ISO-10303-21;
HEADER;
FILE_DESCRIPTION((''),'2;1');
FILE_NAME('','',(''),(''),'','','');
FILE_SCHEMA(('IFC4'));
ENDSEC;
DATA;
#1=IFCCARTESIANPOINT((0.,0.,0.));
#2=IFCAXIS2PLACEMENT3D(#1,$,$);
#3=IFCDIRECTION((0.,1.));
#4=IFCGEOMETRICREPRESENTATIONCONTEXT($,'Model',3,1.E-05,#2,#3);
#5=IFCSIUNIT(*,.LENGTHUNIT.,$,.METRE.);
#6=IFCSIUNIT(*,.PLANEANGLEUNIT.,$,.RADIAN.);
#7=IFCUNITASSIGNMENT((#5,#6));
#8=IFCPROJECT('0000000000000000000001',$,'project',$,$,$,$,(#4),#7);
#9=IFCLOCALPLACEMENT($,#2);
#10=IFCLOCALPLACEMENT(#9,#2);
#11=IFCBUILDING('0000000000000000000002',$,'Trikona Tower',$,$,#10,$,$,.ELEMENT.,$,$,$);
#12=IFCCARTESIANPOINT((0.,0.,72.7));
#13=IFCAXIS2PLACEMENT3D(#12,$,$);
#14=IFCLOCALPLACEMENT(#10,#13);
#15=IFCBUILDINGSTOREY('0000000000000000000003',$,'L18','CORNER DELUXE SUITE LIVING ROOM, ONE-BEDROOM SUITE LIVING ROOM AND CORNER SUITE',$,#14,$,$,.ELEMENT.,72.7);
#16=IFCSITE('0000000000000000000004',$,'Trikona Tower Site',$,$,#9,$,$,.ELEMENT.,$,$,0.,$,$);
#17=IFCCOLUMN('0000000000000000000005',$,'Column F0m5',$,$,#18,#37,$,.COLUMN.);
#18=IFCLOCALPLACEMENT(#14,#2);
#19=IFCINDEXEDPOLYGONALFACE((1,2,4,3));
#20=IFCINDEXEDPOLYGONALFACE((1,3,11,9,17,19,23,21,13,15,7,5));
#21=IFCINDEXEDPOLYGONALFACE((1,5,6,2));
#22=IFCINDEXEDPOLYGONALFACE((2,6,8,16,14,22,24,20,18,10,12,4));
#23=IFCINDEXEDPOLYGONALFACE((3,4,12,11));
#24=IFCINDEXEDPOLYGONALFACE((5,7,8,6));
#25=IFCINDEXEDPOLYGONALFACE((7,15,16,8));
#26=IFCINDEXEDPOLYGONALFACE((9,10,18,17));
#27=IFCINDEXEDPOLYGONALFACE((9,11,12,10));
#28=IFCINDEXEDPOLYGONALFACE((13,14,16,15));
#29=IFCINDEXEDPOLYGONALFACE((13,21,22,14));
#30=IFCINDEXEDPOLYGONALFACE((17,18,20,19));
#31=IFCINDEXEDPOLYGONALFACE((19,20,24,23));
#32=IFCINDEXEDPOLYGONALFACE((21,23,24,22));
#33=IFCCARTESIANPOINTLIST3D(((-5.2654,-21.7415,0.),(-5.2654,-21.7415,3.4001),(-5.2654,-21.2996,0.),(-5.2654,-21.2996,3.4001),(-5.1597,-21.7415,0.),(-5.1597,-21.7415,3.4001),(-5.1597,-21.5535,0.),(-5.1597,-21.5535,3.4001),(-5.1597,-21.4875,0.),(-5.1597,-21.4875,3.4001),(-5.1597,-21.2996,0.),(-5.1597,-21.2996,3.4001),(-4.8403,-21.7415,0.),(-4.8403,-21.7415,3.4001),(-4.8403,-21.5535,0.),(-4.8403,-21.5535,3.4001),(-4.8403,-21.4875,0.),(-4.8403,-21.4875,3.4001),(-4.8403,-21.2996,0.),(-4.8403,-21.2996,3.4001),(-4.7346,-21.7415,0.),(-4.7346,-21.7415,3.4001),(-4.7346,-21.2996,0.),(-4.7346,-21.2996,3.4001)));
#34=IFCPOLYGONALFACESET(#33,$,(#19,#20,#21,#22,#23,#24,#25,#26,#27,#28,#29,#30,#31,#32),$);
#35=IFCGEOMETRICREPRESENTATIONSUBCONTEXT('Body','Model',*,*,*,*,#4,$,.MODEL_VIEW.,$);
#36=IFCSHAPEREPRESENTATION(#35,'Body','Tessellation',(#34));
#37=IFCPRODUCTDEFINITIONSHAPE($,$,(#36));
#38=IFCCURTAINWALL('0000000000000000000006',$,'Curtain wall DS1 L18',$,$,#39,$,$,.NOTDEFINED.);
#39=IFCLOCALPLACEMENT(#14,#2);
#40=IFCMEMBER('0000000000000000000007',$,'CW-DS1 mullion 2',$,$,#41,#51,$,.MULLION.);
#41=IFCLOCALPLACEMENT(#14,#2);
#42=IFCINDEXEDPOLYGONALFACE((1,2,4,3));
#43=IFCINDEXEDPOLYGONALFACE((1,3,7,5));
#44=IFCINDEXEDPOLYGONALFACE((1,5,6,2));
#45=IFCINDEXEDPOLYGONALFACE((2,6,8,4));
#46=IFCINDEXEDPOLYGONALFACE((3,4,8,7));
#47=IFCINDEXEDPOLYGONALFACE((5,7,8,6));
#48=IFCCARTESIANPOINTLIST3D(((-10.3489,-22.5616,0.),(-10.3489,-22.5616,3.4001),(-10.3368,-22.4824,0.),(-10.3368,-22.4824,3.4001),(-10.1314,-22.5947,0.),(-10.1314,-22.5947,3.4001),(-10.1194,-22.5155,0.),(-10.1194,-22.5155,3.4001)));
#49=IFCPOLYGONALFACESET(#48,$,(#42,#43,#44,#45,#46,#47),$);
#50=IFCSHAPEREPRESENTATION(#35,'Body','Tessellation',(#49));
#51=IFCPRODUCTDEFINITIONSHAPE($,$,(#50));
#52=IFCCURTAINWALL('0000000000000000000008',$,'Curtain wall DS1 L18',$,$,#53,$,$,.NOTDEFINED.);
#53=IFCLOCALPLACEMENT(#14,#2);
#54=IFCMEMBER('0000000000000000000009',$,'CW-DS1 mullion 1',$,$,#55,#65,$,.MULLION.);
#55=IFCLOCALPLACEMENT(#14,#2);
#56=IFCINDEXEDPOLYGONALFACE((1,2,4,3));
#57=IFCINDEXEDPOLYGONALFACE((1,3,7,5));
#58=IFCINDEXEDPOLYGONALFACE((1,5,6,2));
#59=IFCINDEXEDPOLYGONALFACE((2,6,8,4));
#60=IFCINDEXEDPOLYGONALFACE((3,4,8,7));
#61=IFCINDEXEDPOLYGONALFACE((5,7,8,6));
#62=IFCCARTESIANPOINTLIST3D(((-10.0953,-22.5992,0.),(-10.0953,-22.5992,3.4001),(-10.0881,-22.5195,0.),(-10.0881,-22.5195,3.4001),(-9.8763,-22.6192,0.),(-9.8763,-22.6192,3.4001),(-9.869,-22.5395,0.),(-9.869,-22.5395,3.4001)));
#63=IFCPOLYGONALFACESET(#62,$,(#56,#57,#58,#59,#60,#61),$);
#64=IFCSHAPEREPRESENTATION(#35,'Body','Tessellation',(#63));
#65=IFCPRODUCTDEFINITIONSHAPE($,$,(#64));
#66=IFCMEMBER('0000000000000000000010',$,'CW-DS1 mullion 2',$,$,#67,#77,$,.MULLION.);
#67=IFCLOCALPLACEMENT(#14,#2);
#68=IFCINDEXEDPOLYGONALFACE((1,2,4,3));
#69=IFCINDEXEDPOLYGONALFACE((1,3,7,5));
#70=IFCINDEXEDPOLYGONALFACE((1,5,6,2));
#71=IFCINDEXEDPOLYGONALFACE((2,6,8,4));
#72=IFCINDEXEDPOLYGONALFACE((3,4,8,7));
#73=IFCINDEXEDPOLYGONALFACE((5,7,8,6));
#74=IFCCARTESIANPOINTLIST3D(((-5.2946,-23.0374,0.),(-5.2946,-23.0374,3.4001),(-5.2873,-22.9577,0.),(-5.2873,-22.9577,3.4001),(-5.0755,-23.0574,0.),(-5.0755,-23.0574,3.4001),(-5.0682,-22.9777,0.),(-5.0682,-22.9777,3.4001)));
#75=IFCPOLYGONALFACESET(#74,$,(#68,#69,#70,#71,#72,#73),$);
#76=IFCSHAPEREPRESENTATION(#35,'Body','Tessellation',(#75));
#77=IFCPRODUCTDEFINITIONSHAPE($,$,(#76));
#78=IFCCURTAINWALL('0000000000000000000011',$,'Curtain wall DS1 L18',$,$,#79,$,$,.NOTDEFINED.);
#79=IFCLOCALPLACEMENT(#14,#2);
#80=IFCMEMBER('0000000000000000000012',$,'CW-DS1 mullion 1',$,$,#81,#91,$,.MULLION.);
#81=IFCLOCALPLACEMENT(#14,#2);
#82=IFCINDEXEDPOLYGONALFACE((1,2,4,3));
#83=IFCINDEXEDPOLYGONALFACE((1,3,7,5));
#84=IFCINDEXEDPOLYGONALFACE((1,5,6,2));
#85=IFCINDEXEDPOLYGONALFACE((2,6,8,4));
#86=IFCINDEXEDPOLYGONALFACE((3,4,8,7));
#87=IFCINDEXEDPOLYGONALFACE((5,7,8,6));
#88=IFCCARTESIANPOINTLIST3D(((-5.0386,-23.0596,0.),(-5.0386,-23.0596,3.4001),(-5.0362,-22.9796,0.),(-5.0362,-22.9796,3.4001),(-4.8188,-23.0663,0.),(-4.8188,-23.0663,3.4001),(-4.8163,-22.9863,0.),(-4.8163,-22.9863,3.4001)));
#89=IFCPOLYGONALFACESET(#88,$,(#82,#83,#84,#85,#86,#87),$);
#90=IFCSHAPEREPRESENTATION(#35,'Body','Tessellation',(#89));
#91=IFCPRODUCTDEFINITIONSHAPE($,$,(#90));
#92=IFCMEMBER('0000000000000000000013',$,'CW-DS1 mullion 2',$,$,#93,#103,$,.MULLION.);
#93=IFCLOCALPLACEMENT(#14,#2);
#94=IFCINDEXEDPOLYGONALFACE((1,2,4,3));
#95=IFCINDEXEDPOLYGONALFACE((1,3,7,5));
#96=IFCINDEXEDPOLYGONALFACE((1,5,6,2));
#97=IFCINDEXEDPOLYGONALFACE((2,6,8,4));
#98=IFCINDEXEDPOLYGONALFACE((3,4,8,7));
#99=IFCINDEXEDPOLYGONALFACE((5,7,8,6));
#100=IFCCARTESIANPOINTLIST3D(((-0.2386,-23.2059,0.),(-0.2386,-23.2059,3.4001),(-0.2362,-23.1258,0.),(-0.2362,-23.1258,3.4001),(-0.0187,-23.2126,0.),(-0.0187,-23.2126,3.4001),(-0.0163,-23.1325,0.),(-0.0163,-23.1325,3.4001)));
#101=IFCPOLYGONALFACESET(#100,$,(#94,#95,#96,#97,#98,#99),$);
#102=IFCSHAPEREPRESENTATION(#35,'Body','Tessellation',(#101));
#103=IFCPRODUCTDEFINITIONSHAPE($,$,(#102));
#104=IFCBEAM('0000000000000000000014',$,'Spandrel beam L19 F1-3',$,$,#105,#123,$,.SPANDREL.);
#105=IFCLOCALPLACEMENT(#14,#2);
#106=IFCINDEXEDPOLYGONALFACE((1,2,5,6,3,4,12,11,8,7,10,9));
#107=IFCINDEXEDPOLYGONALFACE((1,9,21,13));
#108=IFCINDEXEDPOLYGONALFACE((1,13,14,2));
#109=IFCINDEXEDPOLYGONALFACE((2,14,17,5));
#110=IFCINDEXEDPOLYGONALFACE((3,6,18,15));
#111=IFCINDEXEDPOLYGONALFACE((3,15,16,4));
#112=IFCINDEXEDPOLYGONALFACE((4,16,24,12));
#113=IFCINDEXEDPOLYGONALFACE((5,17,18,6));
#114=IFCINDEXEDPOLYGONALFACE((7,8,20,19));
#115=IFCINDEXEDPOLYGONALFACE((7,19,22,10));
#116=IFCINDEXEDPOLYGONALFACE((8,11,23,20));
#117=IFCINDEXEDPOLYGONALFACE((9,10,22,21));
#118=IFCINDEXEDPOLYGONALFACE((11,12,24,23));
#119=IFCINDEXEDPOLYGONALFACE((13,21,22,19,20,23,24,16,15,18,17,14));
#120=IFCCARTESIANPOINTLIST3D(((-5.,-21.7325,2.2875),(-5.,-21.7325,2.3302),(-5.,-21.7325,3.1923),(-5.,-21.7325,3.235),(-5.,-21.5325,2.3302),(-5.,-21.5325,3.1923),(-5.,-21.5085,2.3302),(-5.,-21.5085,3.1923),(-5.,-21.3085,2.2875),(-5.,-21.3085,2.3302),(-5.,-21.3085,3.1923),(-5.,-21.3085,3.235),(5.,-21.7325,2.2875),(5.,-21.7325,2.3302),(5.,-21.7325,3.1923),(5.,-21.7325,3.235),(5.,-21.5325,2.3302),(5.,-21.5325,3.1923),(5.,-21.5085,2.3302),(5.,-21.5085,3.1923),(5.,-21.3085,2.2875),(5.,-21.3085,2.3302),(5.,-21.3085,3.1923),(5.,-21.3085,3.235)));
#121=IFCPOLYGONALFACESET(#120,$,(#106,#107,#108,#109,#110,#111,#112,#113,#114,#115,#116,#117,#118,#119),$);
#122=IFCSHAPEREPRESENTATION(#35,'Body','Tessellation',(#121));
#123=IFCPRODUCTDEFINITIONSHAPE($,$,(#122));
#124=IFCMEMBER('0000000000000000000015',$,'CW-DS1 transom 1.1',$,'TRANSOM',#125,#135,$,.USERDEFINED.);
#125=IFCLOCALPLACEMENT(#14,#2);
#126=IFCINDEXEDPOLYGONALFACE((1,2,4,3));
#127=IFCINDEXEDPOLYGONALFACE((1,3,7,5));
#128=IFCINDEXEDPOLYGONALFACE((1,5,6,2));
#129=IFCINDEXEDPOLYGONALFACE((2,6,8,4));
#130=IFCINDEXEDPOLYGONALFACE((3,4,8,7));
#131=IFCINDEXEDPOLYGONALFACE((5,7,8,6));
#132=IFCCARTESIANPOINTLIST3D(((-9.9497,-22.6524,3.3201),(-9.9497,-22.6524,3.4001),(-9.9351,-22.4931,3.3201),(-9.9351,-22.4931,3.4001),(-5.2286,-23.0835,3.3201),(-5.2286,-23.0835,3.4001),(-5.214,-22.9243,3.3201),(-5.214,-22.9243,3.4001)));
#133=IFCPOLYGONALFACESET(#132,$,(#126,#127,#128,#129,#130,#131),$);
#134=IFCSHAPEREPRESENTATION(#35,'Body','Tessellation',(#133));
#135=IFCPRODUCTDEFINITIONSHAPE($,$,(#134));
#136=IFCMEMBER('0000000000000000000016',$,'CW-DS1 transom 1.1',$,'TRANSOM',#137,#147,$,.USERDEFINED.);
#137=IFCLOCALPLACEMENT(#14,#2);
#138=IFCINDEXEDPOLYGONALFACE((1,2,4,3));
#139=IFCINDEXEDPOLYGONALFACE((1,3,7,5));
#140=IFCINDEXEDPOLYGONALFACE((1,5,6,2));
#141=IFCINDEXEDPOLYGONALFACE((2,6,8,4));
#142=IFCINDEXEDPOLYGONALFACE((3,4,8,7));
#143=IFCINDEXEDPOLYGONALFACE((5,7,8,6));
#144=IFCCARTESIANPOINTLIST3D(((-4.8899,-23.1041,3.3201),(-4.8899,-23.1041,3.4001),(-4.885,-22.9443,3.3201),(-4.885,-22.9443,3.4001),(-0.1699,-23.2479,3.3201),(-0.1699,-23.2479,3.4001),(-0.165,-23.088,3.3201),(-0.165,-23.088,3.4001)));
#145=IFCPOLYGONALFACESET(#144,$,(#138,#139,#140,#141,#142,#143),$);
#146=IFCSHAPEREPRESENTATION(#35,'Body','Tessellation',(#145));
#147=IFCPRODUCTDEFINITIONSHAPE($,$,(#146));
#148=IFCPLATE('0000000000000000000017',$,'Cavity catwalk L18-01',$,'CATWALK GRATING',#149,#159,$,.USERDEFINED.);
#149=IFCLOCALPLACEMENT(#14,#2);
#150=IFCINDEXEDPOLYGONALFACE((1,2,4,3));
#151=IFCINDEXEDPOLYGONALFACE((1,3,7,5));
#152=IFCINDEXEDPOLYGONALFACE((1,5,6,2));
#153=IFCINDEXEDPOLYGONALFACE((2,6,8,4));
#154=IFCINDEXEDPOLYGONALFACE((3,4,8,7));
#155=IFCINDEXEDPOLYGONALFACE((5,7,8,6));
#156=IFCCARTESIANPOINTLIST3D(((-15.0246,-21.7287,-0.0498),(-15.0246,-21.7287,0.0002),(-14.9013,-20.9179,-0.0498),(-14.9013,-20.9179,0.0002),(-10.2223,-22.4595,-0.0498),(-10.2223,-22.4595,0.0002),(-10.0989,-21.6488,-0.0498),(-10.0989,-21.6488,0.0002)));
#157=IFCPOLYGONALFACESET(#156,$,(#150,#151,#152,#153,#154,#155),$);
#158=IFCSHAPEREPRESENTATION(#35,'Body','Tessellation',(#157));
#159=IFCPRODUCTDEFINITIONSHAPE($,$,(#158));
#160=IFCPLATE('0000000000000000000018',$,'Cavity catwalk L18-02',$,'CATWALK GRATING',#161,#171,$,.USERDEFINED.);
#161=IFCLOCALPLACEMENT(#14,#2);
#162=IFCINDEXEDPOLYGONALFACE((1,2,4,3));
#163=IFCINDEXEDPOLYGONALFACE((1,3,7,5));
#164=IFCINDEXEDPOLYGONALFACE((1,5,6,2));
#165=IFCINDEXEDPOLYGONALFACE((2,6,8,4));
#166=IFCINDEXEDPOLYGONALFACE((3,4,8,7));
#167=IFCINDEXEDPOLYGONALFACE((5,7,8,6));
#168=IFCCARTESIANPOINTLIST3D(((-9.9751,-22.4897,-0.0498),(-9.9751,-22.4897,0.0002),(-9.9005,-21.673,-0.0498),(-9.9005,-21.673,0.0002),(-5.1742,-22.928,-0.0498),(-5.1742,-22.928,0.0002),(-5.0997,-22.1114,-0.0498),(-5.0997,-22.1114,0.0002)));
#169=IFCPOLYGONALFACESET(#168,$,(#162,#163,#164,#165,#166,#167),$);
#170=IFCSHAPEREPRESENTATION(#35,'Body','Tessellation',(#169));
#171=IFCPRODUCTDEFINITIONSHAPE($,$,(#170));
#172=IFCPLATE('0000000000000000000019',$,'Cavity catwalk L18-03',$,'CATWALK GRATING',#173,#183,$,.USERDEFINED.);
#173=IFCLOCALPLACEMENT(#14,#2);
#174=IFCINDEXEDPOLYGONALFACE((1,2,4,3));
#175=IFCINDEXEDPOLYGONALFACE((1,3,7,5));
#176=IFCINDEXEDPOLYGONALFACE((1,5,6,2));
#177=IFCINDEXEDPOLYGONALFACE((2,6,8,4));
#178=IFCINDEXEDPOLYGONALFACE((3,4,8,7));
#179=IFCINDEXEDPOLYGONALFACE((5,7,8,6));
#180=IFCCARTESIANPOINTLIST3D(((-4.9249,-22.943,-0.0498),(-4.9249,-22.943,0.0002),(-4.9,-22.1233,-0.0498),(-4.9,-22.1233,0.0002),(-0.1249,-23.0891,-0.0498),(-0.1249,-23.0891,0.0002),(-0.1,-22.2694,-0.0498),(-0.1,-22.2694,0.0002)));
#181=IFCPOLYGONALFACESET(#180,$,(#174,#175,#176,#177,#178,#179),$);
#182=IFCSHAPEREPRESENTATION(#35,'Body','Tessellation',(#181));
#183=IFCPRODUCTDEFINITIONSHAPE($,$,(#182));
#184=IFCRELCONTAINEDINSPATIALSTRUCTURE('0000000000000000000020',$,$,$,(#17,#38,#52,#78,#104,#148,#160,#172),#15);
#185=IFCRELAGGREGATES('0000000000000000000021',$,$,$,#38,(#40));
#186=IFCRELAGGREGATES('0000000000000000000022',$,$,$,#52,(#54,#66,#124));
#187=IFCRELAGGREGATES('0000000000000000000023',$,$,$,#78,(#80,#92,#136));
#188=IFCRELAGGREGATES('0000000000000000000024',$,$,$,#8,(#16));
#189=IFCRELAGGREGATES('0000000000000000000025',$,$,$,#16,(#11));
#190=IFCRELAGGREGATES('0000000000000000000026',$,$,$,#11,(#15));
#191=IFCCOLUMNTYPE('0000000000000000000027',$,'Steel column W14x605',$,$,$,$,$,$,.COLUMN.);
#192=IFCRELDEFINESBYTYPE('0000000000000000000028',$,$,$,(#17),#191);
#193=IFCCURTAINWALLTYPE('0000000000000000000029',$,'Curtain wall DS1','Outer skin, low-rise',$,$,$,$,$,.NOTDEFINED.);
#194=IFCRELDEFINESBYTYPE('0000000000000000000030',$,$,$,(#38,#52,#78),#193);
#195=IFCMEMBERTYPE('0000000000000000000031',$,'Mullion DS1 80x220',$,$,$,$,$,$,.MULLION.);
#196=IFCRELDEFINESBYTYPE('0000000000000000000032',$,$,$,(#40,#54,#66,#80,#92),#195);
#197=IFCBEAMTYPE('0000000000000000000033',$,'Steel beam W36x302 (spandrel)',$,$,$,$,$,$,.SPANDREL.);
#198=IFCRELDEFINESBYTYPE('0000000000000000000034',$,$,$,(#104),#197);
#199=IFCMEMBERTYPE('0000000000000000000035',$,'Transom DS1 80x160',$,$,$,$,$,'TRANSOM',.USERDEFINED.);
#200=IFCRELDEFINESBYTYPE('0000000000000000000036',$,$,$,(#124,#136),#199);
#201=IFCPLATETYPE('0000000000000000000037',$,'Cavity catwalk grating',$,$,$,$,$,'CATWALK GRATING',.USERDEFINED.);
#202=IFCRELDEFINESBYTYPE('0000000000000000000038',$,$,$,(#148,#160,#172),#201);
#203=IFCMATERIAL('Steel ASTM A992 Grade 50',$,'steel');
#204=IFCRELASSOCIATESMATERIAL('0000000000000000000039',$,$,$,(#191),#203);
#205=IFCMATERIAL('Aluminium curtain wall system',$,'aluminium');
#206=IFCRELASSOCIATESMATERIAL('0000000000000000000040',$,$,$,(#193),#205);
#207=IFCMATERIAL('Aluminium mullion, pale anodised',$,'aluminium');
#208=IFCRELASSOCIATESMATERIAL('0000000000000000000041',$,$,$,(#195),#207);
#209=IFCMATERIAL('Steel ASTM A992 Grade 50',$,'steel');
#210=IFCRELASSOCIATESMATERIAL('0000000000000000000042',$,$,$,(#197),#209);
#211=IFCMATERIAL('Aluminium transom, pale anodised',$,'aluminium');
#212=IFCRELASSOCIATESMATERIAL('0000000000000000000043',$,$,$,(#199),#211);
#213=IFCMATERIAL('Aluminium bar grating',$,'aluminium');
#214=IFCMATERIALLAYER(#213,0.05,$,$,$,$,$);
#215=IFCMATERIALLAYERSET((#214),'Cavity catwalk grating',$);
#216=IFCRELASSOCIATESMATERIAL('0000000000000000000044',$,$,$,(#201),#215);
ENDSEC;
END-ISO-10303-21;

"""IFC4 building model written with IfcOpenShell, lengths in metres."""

from ifc_helpers import new_model, si_unit, direction, frame, origin, origin_2d, place, context, subcontext, project, spatial, rectangle, i_section, extrude, material, layer, layer_set, material_profile, profile_set, type_object, element, aggregate, save


model = new_model("IFC4")

# Units and contexts
model_context = context("Model", 3, precision=1e-05, world=origin(), true_north=direction((0.0, 1.0)))
body_context = subcontext(model_context, "Body", "Model", "MODEL_VIEW")
ifc_project = project(units=[si_unit("LENGTHUNIT", "METRE"), si_unit("PLANEANGLEUNIT", "RADIAN")], contexts=[model_context])

# Site, building, storey
site_placement = place(None, origin())
site = spatial("IfcSite", under=ifc_project, at=site_placement, Name="Trikona Tower Site", CompositionType="ELEMENT", RefElevation=0.0)
building_placement = place(site_placement, origin())
building = spatial("IfcBuilding", under=site, at=building_placement, Name="Trikona Tower", CompositionType="ELEMENT")
storey_placement = place(building_placement, frame((0.0, 0.0, 72.7)))
storey = spatial("IfcBuildingStorey", under=building, at=storey_placement, Name="L18", Description="CORNER DELUXE SUITE LIVING ROOM, ONE-BEDROOM SUITE LIVING ROOM AND CORNER SUITE", CompositionType="ELEMENT", Elevation=72.7)

# Column
ifc_material_1 = material(Name="Steel ASTM A992 Grade 50", Category="steel")
ifc_material_profile_1 = material_profile(ifc_material_1, i_section(OverallWidth=0.4419, OverallDepth=0.5308, WebThickness=0.0659, FlangeThickness=0.1057, at=origin_2d()), Name="W14X605")
ifc_profile_set_1 = profile_set([ifc_material_profile_1], Name="Steel ASTM A992 Grade 50")
column_type = type_object("IfcColumnType", Name="Steel column W14x605", PredefinedType="COLUMN", material=ifc_profile_set_1)
column_placement = place(storey_placement, frame((-5.0, -21.5205, 0.0), z_axis=(0.0, 0.0, 1.0), x_axis=(0.0, -1.0, 0.0)))
element("IfcColumn", 1, at=column_placement, inside=storey, type_object=column_type, Name="Column F0m5", PredefinedType="COLUMN", context=body_context, shape_type="SweptSolid", body=[
    extrude(i_section(OverallWidth=0.4419, OverallDepth=0.5308, WebThickness=0.0659, FlangeThickness=0.1057, at=origin_2d()), origin(), (0.0, 0.0, 1.0), 3.4001),
])

# Curtain wall, member
ifc_material_2 = material(Name="Aluminium curtain wall system", Category="aluminium")
curtain_wall_type = type_object("IfcCurtainWallType", Name="Curtain wall DS1", Description="Outer skin, low-rise", PredefinedType="NOTDEFINED", material=ifc_material_2)
curtain_wall_1_placement = place(storey_placement, origin())
curtain_wall_1 = element("IfcCurtainWall", 2, at=curtain_wall_1_placement, inside=storey, type_object=curtain_wall_type, Name="Curtain wall DS1 L18", PredefinedType="NOTDEFINED")
ifc_material_3 = material(Name="Aluminium mullion, pale anodised", Category="aluminium")
ifc_material_profile_2 = material_profile(ifc_material_3, rectangle(XDim=0.0801, YDim=0.22, at=origin_2d()), Name="MUL-DS1")
ifc_profile_set_2 = profile_set([ifc_material_profile_2], Name="Aluminium mullion, pale anodised")
member_type_1 = type_object("IfcMemberType", Name="Mullion DS1 80x220", PredefinedType="MULLION", material=ifc_profile_set_2)
member_1_placement = place(storey_placement, frame((-10.2341, -22.5386, 0.0), z_axis=(0.0, 0.0, 1.0), x_axis=(0.150438, 0.988619, 0.0)))
member_1 = element("IfcMember", 3, at=member_1_placement, type_object=member_type_1, Name="CW-DS1 mullion 2", PredefinedType="MULLION", context=body_context, shape_type="SweptSolid", body=[
    extrude(rectangle(XDim=0.0801, YDim=0.22, at=origin_2d()), origin(), (0.0, 0.0, 1.0), 3.4001),
])

# Curtain walls, members
curtain_wall_2_placement = place(storey_placement, origin())
curtain_wall_2 = element("IfcCurtainWall", 4, at=curtain_wall_2_placement, inside=storey, type_object=curtain_wall_type, Name="Curtain wall DS1 L18", PredefinedType="NOTDEFINED")
member_2_placement = place(storey_placement, frame((-9.9822, -22.5693, 0.0), z_axis=(0.0, 0.0, 1.0), x_axis=(0.090924, 0.995858, 0.0)))
member_2 = element("IfcMember", 5, at=member_2_placement, type_object=member_type_1, Name="CW-DS1 mullion 1", PredefinedType="MULLION", context=body_context, shape_type="SweptSolid", body=[
    extrude(rectangle(XDim=0.0801, YDim=0.22, at=origin_2d()), origin(), (0.0, 0.0, 1.0), 3.4001),
])
member_3_placement = place(storey_placement, frame((-5.1814, -23.0076, 0.0), z_axis=(0.0, 0.0, 1.0), x_axis=(0.090924, 0.995858, 0.0)))
member_3 = element("IfcMember", 6, at=member_3_placement, type_object=member_type_1, Name="CW-DS1 mullion 2", PredefinedType="MULLION", context=body_context, shape_type="SweptSolid", body=[
    extrude(rectangle(XDim=0.0801, YDim=0.22, at=origin_2d()), origin(), (0.0, 0.0, 1.0), 3.4001),
])
curtain_wall_3_placement = place(storey_placement, origin())
curtain_wall_3 = element("IfcCurtainWall", 7, at=curtain_wall_3_placement, inside=storey, type_object=curtain_wall_type, Name="Curtain wall DS1 L18", PredefinedType="NOTDEFINED")
member_4_placement = place(storey_placement, frame((-4.9275, -23.0229, 0.0), z_axis=(0.0, 0.0, 1.0), x_axis=(0.030437, 0.999537, 0.0)))
member_4 = element("IfcMember", 8, at=member_4_placement, type_object=member_type_1, Name="CW-DS1 mullion 1", PredefinedType="MULLION", context=body_context, shape_type="SweptSolid", body=[
    extrude(rectangle(XDim=0.0801, YDim=0.22, at=origin_2d()), origin(), (0.0, 0.0, 1.0), 3.4001),
])
member_5_placement = place(storey_placement, frame((-0.1274, -23.1692, 0.0), z_axis=(0.0, 0.0, 1.0), x_axis=(0.030437, 0.999537, 0.0)))
member_5 = element("IfcMember", 9, at=member_5_placement, type_object=member_type_1, Name="CW-DS1 mullion 2", PredefinedType="MULLION", context=body_context, shape_type="SweptSolid", body=[
    extrude(rectangle(XDim=0.0801, YDim=0.22, at=origin_2d()), origin(), (0.0, 0.0, 1.0), 3.4001),
])

# Beam
ifc_material_4 = material(Name="Steel ASTM A992 Grade 50", Category="steel")
ifc_material_profile_3 = material_profile(ifc_material_4, i_section(OverallWidth=0.4241, OverallDepth=0.9475, WebThickness=0.0239, FlangeThickness=0.0427, at=origin_2d()), Name="W36X302")
ifc_profile_set_3 = profile_set([ifc_material_profile_3], Name="Steel ASTM A992 Grade 50")
beam_type = type_object("IfcBeamType", Name="Steel beam W36x302 (spandrel)", PredefinedType="SPANDREL", material=ifc_profile_set_3)
beam_placement = place(storey_placement, frame((-5.0, -21.5205, 2.7612), z_axis=(1.0, 0.0, 0.0), x_axis=(0.0, 1.0, 0.0)))
element("IfcBeam", 10, at=beam_placement, inside=storey, type_object=beam_type, Name="Spandrel beam L19 F1-3", PredefinedType="SPANDREL", context=body_context, shape_type="SweptSolid", body=[
    extrude(i_section(OverallWidth=0.4241, OverallDepth=0.9475, WebThickness=0.0239, FlangeThickness=0.0427, at=origin_2d()), origin(), (0.0, 0.0, 1.0), 10.0),
])

# Members
ifc_material_5 = material(Name="Aluminium transom, pale anodised", Category="aluminium")
ifc_material_profile_4 = material_profile(ifc_material_5, rectangle(XDim=0.1599, YDim=0.0801, at=origin_2d()), Name="TRN-DS1")
ifc_profile_set_4 = profile_set([ifc_material_profile_4], Name="Aluminium transom, pale anodised")
member_type_2 = type_object("IfcMemberType", Name="Transom DS1 80x160", ElementType="TRANSOM", PredefinedType="USERDEFINED", material=ifc_profile_set_4)
member_6_placement = place(storey_placement, frame((-9.9424, -22.5728, 3.3601), z_axis=(0.995856, -0.090944, 0.0), x_axis=(0.090944, 0.995856, 0.0)))
member_6 = element("IfcMember", 11, at=member_6_placement, type_object=member_type_2, Name="CW-DS1 transom 1.1", ObjectType="TRANSOM", PredefinedType="USERDEFINED", context=body_context, shape_type="SweptSolid", body=[
    extrude(rectangle(XDim=0.1599, YDim=0.0801, at=origin_2d()), origin(), (0.0, 0.0, 1.0), 4.7407),
])
member_7_placement = place(storey_placement, frame((-4.8875, -23.0242, 3.3601), z_axis=(0.999536, -0.030452, 0.0), x_axis=(0.030452, 0.999536, 0.0)))
member_7 = element("IfcMember", 12, at=member_7_placement, type_object=member_type_2, Name="CW-DS1 transom 1.1", ObjectType="TRANSOM", PredefinedType="USERDEFINED", context=body_context, shape_type="SweptSolid", body=[
    extrude(rectangle(XDim=0.1599, YDim=0.0801, at=origin_2d()), origin(), (0.0, 0.0, 1.0), 4.7222),
])

# Plates
ifc_material_6 = material(Name="Aluminium bar grating", Category="aluminium")
ifc_layer_1 = layer(ifc_material_6, 0.05)
ifc_layer_set_1 = layer_set([ifc_layer_1], Name="Cavity catwalk grating")
plate_type_1 = type_object("IfcPlateType", Name="Cavity catwalk grating", ElementType="CATWALK GRATING", PredefinedType="USERDEFINED", material=ifc_layer_set_1)
plate_1_placement = place(storey_placement, frame((-12.5618, -21.6887, -0.0498), z_axis=(0.0, 0.0, 1.0), x_axis=(0.988618, -0.150448, 0.0)))
element("IfcPlate", 13, at=plate_1_placement, inside=storey, type_object=plate_type_1, Name="Cavity catwalk L18-01", ObjectType="CATWALK GRATING", PredefinedType="USERDEFINED", context=body_context, shape_type="SweptSolid", body=[
    extrude(rectangle(XDim=4.8577, YDim=0.8201, at=origin_2d()), origin(), (0.0, 0.0, 1.0), 0.05),
])
plate_2_placement = place(storey_placement, frame((-7.5374, -22.3005, -0.0498), z_axis=(0.0, 0.0, 1.0), x_axis=(0.995858, -0.090921, 0.0)))
element("IfcPlate", 14, at=plate_2_placement, inside=storey, type_object=plate_type_1, Name="Cavity catwalk L18-02", ObjectType="CATWALK GRATING", PredefinedType="USERDEFINED", context=body_context, shape_type="SweptSolid", body=[
    extrude(rectangle(XDim=4.8208, YDim=0.8201, at=origin_2d()), origin(), (0.0, 0.0, 1.0), 0.05),
])
plate_3_placement = place(storey_placement, frame((-2.5125, -22.6062, -0.0498), z_axis=(0.0, 0.0, 1.0), x_axis=(0.999537, -0.030425, 0.0)))
element("IfcPlate", 15, at=plate_3_placement, inside=storey, type_object=plate_type_1, Name="Cavity catwalk L18-03", ObjectType="CATWALK GRATING", PredefinedType="USERDEFINED", context=body_context, shape_type="SweptSolid", body=[
    extrude(rectangle(XDim=4.8022, YDim=0.8201, at=origin_2d()), origin(), (0.0, 0.0, 1.0), 0.05),
])

aggregate(curtain_wall_1, [member_1])
aggregate(curtain_wall_2, [member_2, member_3, member_6])
aggregate(curtain_wall_3, [member_4, member_5, member_7])

save(model, "model.ifc")
